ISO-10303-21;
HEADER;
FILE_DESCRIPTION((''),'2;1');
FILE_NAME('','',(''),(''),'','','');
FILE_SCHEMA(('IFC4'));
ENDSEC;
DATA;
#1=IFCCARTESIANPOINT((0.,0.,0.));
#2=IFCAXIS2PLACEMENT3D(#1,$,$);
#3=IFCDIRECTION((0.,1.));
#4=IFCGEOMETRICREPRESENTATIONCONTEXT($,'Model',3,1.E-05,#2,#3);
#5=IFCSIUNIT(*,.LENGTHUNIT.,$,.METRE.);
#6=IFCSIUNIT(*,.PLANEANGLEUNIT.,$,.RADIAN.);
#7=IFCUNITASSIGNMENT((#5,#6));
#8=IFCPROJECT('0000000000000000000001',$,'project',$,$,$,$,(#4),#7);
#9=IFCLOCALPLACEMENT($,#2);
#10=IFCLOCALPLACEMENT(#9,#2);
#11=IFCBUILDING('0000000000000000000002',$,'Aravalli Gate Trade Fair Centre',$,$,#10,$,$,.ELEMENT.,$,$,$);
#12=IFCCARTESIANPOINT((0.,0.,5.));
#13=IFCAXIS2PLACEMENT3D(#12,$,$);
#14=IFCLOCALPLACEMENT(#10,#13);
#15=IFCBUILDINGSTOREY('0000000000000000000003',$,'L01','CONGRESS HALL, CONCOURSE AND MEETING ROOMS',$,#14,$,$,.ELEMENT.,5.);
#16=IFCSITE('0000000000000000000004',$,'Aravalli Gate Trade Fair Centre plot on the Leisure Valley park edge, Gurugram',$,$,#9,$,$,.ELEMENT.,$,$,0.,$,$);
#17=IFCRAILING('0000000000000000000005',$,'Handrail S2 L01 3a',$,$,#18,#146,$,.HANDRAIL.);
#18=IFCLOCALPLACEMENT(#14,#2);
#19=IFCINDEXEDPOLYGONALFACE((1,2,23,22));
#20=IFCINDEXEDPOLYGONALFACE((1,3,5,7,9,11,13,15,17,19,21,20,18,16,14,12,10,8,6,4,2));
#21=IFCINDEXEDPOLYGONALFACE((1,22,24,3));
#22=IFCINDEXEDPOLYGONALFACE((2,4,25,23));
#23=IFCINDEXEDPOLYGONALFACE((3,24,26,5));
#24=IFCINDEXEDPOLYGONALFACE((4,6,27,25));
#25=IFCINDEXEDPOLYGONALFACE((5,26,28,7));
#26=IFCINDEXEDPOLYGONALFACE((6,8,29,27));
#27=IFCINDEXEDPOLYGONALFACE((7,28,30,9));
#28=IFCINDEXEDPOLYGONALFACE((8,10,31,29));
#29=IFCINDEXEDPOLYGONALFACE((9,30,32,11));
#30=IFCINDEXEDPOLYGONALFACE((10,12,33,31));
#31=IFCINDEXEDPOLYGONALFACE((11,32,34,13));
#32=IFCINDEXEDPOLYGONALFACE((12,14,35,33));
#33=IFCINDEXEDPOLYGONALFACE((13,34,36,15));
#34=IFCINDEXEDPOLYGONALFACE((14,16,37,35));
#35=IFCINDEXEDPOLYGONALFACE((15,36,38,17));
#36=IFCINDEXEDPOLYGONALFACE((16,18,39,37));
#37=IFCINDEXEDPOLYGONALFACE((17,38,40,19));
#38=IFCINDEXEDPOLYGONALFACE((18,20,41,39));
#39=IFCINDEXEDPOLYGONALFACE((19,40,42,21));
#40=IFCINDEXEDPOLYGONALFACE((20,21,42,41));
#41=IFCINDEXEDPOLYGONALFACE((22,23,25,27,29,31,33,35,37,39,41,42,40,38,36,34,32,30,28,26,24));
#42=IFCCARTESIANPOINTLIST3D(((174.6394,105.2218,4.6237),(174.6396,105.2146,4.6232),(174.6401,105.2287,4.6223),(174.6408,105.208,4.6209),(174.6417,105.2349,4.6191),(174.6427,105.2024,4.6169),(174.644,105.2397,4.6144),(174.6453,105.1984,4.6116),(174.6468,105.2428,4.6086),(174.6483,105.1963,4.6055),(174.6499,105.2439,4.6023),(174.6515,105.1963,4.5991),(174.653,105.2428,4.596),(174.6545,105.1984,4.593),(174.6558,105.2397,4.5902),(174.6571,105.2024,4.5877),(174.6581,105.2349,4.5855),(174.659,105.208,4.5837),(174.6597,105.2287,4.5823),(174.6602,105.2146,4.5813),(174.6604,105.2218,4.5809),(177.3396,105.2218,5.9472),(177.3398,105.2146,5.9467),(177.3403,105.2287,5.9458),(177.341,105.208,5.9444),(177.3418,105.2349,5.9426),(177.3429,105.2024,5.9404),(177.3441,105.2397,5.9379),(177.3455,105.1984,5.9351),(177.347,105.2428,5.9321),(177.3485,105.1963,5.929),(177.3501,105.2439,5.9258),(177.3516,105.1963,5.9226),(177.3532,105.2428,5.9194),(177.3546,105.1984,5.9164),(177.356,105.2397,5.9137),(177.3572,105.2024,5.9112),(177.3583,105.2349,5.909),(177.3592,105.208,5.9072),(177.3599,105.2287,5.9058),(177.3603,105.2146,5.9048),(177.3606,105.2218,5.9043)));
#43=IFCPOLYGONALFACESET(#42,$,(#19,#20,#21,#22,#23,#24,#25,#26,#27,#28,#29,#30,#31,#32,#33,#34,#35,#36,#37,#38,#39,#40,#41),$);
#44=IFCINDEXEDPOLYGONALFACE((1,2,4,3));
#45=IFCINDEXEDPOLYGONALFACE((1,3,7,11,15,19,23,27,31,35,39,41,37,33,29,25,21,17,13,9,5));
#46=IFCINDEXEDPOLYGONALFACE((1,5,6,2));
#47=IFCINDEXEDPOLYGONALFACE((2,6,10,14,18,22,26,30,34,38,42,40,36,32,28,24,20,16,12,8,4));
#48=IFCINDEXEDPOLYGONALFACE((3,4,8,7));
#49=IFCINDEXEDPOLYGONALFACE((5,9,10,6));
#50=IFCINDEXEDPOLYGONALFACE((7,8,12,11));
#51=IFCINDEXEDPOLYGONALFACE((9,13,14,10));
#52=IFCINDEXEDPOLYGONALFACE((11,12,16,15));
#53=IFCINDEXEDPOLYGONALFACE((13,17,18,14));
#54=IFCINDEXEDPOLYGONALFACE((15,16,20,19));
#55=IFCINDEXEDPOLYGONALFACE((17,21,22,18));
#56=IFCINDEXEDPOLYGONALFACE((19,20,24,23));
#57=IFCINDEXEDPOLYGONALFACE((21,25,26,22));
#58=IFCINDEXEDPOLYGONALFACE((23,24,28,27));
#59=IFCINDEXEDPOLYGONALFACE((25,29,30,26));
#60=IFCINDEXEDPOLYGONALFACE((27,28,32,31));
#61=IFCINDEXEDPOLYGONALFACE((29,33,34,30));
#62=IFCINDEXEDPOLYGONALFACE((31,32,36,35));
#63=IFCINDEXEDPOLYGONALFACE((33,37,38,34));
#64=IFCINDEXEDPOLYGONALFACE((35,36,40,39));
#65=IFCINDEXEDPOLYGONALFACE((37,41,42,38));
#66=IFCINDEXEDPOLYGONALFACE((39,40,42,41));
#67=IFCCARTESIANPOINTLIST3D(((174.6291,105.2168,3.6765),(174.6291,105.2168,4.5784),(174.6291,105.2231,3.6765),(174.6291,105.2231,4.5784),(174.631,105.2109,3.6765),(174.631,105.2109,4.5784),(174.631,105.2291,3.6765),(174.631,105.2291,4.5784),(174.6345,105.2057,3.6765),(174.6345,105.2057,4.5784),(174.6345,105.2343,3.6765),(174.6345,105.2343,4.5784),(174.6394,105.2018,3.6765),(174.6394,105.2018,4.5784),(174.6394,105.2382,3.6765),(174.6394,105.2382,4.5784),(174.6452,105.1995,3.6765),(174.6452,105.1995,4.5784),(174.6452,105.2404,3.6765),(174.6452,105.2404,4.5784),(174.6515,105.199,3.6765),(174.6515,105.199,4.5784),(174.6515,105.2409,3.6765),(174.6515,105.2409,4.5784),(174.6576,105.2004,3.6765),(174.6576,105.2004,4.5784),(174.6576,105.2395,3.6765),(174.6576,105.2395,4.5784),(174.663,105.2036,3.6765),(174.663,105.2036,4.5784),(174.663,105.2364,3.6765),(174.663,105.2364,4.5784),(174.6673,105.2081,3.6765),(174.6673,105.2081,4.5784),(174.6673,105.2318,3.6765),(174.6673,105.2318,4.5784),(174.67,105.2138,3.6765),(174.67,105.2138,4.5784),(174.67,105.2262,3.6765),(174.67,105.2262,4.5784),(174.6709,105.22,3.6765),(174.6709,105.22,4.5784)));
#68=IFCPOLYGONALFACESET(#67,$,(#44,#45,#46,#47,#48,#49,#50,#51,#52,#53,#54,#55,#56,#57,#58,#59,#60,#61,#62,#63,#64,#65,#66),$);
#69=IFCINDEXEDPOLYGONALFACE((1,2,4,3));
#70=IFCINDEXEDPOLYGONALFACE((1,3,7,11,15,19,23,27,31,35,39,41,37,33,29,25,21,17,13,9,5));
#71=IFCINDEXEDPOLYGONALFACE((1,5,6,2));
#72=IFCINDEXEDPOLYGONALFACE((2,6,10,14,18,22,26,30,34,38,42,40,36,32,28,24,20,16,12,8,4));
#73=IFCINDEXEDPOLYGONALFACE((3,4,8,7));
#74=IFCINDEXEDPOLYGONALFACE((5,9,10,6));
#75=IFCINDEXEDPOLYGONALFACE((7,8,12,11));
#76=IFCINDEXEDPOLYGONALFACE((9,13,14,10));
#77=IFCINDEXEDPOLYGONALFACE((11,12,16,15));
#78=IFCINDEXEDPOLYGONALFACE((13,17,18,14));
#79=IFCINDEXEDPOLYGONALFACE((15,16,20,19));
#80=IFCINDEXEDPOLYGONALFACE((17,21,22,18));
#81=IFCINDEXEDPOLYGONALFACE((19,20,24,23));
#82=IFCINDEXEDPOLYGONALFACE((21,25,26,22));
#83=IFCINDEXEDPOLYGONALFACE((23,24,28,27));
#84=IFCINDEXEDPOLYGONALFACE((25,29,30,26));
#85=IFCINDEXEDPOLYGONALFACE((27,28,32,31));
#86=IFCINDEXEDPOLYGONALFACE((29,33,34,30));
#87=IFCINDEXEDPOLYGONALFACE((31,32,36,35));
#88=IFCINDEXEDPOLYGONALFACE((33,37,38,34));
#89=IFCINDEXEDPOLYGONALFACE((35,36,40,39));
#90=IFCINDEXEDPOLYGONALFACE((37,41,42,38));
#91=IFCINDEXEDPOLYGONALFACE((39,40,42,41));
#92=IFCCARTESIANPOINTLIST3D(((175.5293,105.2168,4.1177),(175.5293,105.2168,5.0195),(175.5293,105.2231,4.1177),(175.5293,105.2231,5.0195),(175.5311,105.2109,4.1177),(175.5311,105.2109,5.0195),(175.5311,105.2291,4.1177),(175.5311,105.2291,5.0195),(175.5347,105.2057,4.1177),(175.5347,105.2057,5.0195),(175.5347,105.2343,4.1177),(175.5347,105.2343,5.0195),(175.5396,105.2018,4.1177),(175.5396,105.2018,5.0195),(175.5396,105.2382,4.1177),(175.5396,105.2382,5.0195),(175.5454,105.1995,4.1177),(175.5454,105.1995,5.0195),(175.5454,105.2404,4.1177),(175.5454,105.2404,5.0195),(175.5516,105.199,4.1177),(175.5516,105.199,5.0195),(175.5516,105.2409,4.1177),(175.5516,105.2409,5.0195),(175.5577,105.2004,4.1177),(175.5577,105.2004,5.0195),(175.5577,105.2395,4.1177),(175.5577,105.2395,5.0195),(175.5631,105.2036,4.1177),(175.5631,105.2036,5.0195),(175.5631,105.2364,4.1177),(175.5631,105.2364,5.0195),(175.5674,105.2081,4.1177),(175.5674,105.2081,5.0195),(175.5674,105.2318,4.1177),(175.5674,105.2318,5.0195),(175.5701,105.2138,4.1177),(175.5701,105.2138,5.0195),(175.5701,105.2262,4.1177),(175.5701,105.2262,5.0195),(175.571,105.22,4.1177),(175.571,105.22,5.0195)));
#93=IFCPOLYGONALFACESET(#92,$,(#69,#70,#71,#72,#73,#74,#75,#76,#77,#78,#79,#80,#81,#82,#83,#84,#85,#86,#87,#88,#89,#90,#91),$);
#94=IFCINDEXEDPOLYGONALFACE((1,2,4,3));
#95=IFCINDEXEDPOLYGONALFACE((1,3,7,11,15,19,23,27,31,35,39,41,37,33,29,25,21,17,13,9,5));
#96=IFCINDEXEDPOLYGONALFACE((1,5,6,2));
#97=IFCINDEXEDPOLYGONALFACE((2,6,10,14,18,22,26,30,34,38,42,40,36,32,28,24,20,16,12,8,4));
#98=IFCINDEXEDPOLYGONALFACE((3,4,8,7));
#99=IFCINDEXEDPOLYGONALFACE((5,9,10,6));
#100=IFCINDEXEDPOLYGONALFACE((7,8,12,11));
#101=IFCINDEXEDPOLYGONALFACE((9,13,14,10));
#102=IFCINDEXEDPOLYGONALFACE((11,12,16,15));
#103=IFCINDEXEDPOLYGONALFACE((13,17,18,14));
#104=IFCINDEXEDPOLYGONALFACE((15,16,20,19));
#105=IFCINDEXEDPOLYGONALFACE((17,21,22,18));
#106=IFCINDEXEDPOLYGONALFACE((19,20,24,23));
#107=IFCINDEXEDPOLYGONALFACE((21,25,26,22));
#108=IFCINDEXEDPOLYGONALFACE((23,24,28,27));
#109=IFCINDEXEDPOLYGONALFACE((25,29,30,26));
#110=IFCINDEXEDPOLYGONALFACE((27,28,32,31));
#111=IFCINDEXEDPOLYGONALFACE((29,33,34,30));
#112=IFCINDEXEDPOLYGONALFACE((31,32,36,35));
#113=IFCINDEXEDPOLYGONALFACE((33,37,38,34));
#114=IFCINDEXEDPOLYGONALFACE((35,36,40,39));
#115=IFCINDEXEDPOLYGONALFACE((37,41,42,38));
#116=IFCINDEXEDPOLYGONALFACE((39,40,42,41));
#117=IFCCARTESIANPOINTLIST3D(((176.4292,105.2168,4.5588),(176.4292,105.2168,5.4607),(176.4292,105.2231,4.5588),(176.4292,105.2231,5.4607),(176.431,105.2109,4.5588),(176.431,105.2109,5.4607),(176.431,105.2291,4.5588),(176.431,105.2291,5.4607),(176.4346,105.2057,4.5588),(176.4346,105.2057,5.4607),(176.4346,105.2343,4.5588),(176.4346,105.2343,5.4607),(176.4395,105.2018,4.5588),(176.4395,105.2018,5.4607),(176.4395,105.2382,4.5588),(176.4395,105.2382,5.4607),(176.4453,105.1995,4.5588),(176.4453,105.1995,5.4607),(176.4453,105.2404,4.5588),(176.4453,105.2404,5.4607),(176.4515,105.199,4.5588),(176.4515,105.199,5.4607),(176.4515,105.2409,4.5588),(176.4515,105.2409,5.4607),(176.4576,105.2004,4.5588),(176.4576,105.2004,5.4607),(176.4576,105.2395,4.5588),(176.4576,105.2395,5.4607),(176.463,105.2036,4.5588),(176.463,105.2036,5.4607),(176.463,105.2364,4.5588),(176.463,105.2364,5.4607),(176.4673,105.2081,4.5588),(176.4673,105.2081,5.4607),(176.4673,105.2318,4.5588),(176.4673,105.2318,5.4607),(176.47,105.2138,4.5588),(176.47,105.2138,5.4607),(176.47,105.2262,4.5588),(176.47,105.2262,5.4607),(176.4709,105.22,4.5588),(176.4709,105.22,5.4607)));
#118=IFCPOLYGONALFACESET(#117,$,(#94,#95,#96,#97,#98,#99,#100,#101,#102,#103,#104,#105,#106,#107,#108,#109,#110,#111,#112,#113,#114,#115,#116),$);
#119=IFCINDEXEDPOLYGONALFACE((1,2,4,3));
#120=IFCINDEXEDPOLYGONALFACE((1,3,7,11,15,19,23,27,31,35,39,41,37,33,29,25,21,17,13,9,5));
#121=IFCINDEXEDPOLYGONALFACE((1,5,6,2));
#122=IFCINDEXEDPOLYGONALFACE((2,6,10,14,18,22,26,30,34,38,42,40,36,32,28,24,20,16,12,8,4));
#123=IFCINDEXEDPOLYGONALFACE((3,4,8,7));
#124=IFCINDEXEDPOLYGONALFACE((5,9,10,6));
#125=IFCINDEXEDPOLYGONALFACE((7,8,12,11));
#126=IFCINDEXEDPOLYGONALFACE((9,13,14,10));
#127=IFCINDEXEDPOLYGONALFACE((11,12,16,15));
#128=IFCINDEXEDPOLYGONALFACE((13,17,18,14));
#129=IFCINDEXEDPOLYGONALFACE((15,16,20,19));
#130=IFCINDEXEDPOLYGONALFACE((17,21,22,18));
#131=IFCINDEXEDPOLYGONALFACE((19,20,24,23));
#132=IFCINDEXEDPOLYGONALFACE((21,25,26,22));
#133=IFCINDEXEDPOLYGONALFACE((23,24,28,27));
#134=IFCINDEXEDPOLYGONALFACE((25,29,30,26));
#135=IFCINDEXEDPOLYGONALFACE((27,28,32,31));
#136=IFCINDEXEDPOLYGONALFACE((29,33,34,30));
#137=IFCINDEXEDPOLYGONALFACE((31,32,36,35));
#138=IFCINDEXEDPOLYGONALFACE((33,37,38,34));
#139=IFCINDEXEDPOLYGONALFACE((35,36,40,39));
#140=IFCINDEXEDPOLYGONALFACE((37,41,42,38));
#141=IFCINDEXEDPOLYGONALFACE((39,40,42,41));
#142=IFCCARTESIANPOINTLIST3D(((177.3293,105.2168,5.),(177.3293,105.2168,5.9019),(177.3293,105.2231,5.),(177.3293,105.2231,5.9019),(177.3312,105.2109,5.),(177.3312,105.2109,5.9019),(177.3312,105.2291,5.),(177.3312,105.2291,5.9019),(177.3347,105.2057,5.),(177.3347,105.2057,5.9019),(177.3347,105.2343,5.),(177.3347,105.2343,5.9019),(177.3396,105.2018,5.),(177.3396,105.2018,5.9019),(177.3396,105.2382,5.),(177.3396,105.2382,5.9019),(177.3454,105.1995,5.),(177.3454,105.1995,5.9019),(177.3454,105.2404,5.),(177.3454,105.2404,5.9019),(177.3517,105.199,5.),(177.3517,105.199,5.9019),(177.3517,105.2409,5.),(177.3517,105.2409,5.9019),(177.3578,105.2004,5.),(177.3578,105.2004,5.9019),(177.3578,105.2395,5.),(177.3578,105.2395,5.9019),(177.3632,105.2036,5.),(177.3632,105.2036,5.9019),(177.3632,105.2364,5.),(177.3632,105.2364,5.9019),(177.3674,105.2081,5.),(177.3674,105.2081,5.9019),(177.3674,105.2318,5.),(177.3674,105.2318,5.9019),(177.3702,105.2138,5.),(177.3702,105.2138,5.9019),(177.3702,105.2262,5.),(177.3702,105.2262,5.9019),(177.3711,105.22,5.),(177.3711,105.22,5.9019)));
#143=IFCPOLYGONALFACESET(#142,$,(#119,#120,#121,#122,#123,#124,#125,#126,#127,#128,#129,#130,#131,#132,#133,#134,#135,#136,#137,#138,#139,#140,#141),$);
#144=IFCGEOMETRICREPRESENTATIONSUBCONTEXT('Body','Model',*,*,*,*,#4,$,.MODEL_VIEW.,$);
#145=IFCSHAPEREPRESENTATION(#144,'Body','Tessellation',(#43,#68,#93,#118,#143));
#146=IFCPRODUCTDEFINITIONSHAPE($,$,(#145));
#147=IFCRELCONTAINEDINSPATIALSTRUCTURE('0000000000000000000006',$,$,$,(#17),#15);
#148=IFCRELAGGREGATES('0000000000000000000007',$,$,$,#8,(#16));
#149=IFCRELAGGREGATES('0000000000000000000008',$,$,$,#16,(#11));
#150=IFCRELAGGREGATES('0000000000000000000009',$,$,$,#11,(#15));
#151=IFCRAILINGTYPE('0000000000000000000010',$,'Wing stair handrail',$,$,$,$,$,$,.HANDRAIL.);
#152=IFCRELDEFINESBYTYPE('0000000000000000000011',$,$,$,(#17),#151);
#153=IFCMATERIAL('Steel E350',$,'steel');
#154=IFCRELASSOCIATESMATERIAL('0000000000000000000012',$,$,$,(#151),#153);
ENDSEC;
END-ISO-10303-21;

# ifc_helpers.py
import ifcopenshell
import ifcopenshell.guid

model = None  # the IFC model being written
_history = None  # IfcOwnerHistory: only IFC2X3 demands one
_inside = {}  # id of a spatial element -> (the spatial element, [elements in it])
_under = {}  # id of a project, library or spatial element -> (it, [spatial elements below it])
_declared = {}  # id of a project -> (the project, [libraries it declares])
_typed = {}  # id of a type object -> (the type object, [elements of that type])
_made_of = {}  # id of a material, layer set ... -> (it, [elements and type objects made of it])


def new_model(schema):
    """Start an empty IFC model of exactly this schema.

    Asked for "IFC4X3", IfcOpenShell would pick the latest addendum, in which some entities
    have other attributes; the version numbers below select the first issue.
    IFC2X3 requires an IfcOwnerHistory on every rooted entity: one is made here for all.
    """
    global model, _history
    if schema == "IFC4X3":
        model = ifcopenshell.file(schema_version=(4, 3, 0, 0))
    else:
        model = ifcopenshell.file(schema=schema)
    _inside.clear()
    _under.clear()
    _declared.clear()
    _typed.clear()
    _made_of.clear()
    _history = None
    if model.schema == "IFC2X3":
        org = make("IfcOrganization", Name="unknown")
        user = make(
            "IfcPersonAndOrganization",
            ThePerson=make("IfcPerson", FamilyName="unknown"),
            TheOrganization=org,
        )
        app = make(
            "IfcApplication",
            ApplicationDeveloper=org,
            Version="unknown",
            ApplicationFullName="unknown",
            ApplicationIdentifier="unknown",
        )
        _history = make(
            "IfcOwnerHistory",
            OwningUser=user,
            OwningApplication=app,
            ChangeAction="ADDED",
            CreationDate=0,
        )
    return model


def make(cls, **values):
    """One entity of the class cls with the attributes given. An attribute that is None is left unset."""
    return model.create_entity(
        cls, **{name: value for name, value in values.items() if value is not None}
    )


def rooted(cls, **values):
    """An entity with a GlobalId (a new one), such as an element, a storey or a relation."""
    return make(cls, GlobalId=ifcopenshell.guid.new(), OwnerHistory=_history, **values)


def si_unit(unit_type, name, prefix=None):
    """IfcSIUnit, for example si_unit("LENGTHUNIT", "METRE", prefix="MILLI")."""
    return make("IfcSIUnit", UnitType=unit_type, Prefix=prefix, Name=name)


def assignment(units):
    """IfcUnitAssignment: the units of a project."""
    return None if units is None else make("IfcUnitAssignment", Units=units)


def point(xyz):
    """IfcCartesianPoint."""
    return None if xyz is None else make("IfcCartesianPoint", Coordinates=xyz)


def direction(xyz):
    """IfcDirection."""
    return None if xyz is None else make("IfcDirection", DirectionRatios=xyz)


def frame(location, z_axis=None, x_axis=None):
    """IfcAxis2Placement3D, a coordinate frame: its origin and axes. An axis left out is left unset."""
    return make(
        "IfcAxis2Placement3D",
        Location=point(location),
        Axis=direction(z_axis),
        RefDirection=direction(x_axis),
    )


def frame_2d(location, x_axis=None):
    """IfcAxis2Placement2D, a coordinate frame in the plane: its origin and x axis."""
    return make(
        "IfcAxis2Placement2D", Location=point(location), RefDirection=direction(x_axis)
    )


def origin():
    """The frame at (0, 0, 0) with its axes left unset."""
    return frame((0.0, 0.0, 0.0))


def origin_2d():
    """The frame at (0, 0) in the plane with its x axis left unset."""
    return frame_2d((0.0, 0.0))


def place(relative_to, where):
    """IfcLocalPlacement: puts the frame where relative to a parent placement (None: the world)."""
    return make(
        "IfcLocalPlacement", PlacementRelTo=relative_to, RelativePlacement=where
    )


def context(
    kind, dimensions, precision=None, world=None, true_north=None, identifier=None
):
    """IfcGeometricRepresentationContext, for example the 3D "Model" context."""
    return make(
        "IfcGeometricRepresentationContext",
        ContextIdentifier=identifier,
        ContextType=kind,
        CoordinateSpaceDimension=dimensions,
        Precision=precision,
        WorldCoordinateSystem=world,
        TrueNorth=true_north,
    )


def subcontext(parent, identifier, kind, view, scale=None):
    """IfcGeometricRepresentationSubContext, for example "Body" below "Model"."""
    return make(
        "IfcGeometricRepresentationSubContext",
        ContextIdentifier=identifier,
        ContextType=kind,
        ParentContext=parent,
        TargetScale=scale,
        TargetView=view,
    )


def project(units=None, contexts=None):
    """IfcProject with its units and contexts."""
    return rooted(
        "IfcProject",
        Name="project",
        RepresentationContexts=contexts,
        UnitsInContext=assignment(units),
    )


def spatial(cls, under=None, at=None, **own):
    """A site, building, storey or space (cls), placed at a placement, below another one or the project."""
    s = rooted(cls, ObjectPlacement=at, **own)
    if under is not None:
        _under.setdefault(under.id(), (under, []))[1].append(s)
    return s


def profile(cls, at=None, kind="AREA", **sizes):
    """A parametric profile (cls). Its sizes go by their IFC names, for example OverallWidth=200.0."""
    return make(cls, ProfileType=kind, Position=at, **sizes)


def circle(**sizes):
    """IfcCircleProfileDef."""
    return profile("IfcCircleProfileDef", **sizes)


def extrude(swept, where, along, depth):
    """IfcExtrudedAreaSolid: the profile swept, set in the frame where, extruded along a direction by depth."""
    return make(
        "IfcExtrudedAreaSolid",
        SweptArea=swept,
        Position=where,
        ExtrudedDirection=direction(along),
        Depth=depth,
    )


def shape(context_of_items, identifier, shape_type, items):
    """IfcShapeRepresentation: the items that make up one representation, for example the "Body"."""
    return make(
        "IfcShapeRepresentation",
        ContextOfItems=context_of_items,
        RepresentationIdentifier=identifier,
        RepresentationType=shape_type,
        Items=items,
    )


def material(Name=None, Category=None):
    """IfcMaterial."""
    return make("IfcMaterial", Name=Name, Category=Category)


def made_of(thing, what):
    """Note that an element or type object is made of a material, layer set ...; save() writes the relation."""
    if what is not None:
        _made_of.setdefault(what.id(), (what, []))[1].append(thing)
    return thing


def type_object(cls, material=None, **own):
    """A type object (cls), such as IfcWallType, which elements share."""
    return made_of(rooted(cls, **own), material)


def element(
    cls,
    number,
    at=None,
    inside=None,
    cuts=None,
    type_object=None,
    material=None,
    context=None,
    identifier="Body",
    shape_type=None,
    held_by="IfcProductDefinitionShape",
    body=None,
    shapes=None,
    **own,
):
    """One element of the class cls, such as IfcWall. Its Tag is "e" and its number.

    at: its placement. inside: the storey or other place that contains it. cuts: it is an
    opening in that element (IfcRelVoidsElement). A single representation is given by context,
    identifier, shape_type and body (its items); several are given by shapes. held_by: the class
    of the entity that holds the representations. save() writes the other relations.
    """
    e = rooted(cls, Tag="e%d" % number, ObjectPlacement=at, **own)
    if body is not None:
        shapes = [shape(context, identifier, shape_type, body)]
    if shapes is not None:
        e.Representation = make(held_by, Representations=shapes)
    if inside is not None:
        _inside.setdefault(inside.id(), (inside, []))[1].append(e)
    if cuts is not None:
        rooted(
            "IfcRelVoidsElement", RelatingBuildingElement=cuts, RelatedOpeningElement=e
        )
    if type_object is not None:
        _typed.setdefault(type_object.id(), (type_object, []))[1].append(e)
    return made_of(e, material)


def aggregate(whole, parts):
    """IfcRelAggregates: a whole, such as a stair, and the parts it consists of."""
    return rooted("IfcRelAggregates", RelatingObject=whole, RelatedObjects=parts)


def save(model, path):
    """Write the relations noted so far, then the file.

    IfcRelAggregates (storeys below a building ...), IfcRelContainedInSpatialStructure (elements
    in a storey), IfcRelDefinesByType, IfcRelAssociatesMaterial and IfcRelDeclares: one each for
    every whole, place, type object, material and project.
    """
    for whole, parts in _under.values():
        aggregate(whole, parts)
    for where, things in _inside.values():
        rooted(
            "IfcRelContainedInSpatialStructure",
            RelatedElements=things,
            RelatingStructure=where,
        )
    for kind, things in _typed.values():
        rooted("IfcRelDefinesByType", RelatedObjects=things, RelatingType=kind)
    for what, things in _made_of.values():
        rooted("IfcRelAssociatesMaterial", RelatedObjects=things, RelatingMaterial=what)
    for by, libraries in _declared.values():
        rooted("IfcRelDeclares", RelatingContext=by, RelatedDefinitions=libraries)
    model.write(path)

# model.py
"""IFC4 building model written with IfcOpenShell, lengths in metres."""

from ifc_helpers import new_model, si_unit, direction, frame, origin, origin_2d, place, context, subcontext, project, spatial, circle, extrude, material, type_object, element, save


model = new_model("IFC4")

# Units and contexts
model_context = context("Model", 3, precision=1e-05, world=origin(), true_north=direction((0.0, 1.0)))
body_context = subcontext(model_context, "Body", "Model", "MODEL_VIEW")
ifc_project = project(units=[si_unit("LENGTHUNIT", "METRE"), si_unit("PLANEANGLEUNIT", "RADIAN")], contexts=[model_context])

# Site, building, storey
site_placement = place(None, origin())
site = spatial("IfcSite", under=ifc_project, at=site_placement, Name="Aravalli Gate Trade Fair Centre plot on the Leisure Valley park edge, Gurugram", CompositionType="ELEMENT", RefElevation=0.0)
building_placement = place(site_placement, origin())
building = spatial("IfcBuilding", under=site, at=building_placement, Name="Aravalli Gate Trade Fair Centre", CompositionType="ELEMENT")
storey_placement = place(building_placement, frame((0.0, 0.0, 5.0)))
storey = spatial("IfcBuildingStorey", under=building, at=storey_placement, Name="L01", Description="CONGRESS HALL, CONCOURSE AND MEETING ROOMS", CompositionType="ELEMENT", Elevation=5.0)

# Railing
ifc_material_1 = material(Name="Steel E350", Category="steel")
railing_type_1 = type_object("IfcRailingType", Name="Wing stair handrail", PredefinedType="HANDRAIL", material=ifc_material_1)
for number, where, name in (
    (1, (174.6499, 105.22, 3.6765), "Handrail S2 L01 3a"),
):
    element("IfcRailing", number, at=place(storey_placement, frame(where)), inside=storey, type_object=railing_type_1, Name=name, PredefinedType="HANDRAIL", context=body_context, shape_type="SweptSolid", body=[
        extrude(circle(Radius=0.0239, at=origin_2d()), frame((0.0, 0.0, 0.9258), z_axis=(0.897939, 0.0, 0.44012), x_axis=(0.0, 1.0, 0.0)), (0.0, 0.0, 1.0), 3.0071),
        extrude(circle(Radius=0.021, at=origin_2d()), origin(), (0.0, 0.0, 1.0), 0.9019),
        extrude(circle(Radius=0.021, at=origin_2d()), frame((0.9001, 0.0, 0.4412)), (0.0, 0.0, 1.0), 0.9019),
        extrude(circle(Radius=0.021, at=origin_2d()), frame((1.8, 0.0, 0.8823)), (0.0, 0.0, 1.0), 0.9019),
        extrude(circle(Radius=0.021, at=origin_2d()), frame((2.7002, 0.0, 1.3235)), (0.0, 0.0, 1.0), 0.9019),
    ])

save(model, "model.ifc")
